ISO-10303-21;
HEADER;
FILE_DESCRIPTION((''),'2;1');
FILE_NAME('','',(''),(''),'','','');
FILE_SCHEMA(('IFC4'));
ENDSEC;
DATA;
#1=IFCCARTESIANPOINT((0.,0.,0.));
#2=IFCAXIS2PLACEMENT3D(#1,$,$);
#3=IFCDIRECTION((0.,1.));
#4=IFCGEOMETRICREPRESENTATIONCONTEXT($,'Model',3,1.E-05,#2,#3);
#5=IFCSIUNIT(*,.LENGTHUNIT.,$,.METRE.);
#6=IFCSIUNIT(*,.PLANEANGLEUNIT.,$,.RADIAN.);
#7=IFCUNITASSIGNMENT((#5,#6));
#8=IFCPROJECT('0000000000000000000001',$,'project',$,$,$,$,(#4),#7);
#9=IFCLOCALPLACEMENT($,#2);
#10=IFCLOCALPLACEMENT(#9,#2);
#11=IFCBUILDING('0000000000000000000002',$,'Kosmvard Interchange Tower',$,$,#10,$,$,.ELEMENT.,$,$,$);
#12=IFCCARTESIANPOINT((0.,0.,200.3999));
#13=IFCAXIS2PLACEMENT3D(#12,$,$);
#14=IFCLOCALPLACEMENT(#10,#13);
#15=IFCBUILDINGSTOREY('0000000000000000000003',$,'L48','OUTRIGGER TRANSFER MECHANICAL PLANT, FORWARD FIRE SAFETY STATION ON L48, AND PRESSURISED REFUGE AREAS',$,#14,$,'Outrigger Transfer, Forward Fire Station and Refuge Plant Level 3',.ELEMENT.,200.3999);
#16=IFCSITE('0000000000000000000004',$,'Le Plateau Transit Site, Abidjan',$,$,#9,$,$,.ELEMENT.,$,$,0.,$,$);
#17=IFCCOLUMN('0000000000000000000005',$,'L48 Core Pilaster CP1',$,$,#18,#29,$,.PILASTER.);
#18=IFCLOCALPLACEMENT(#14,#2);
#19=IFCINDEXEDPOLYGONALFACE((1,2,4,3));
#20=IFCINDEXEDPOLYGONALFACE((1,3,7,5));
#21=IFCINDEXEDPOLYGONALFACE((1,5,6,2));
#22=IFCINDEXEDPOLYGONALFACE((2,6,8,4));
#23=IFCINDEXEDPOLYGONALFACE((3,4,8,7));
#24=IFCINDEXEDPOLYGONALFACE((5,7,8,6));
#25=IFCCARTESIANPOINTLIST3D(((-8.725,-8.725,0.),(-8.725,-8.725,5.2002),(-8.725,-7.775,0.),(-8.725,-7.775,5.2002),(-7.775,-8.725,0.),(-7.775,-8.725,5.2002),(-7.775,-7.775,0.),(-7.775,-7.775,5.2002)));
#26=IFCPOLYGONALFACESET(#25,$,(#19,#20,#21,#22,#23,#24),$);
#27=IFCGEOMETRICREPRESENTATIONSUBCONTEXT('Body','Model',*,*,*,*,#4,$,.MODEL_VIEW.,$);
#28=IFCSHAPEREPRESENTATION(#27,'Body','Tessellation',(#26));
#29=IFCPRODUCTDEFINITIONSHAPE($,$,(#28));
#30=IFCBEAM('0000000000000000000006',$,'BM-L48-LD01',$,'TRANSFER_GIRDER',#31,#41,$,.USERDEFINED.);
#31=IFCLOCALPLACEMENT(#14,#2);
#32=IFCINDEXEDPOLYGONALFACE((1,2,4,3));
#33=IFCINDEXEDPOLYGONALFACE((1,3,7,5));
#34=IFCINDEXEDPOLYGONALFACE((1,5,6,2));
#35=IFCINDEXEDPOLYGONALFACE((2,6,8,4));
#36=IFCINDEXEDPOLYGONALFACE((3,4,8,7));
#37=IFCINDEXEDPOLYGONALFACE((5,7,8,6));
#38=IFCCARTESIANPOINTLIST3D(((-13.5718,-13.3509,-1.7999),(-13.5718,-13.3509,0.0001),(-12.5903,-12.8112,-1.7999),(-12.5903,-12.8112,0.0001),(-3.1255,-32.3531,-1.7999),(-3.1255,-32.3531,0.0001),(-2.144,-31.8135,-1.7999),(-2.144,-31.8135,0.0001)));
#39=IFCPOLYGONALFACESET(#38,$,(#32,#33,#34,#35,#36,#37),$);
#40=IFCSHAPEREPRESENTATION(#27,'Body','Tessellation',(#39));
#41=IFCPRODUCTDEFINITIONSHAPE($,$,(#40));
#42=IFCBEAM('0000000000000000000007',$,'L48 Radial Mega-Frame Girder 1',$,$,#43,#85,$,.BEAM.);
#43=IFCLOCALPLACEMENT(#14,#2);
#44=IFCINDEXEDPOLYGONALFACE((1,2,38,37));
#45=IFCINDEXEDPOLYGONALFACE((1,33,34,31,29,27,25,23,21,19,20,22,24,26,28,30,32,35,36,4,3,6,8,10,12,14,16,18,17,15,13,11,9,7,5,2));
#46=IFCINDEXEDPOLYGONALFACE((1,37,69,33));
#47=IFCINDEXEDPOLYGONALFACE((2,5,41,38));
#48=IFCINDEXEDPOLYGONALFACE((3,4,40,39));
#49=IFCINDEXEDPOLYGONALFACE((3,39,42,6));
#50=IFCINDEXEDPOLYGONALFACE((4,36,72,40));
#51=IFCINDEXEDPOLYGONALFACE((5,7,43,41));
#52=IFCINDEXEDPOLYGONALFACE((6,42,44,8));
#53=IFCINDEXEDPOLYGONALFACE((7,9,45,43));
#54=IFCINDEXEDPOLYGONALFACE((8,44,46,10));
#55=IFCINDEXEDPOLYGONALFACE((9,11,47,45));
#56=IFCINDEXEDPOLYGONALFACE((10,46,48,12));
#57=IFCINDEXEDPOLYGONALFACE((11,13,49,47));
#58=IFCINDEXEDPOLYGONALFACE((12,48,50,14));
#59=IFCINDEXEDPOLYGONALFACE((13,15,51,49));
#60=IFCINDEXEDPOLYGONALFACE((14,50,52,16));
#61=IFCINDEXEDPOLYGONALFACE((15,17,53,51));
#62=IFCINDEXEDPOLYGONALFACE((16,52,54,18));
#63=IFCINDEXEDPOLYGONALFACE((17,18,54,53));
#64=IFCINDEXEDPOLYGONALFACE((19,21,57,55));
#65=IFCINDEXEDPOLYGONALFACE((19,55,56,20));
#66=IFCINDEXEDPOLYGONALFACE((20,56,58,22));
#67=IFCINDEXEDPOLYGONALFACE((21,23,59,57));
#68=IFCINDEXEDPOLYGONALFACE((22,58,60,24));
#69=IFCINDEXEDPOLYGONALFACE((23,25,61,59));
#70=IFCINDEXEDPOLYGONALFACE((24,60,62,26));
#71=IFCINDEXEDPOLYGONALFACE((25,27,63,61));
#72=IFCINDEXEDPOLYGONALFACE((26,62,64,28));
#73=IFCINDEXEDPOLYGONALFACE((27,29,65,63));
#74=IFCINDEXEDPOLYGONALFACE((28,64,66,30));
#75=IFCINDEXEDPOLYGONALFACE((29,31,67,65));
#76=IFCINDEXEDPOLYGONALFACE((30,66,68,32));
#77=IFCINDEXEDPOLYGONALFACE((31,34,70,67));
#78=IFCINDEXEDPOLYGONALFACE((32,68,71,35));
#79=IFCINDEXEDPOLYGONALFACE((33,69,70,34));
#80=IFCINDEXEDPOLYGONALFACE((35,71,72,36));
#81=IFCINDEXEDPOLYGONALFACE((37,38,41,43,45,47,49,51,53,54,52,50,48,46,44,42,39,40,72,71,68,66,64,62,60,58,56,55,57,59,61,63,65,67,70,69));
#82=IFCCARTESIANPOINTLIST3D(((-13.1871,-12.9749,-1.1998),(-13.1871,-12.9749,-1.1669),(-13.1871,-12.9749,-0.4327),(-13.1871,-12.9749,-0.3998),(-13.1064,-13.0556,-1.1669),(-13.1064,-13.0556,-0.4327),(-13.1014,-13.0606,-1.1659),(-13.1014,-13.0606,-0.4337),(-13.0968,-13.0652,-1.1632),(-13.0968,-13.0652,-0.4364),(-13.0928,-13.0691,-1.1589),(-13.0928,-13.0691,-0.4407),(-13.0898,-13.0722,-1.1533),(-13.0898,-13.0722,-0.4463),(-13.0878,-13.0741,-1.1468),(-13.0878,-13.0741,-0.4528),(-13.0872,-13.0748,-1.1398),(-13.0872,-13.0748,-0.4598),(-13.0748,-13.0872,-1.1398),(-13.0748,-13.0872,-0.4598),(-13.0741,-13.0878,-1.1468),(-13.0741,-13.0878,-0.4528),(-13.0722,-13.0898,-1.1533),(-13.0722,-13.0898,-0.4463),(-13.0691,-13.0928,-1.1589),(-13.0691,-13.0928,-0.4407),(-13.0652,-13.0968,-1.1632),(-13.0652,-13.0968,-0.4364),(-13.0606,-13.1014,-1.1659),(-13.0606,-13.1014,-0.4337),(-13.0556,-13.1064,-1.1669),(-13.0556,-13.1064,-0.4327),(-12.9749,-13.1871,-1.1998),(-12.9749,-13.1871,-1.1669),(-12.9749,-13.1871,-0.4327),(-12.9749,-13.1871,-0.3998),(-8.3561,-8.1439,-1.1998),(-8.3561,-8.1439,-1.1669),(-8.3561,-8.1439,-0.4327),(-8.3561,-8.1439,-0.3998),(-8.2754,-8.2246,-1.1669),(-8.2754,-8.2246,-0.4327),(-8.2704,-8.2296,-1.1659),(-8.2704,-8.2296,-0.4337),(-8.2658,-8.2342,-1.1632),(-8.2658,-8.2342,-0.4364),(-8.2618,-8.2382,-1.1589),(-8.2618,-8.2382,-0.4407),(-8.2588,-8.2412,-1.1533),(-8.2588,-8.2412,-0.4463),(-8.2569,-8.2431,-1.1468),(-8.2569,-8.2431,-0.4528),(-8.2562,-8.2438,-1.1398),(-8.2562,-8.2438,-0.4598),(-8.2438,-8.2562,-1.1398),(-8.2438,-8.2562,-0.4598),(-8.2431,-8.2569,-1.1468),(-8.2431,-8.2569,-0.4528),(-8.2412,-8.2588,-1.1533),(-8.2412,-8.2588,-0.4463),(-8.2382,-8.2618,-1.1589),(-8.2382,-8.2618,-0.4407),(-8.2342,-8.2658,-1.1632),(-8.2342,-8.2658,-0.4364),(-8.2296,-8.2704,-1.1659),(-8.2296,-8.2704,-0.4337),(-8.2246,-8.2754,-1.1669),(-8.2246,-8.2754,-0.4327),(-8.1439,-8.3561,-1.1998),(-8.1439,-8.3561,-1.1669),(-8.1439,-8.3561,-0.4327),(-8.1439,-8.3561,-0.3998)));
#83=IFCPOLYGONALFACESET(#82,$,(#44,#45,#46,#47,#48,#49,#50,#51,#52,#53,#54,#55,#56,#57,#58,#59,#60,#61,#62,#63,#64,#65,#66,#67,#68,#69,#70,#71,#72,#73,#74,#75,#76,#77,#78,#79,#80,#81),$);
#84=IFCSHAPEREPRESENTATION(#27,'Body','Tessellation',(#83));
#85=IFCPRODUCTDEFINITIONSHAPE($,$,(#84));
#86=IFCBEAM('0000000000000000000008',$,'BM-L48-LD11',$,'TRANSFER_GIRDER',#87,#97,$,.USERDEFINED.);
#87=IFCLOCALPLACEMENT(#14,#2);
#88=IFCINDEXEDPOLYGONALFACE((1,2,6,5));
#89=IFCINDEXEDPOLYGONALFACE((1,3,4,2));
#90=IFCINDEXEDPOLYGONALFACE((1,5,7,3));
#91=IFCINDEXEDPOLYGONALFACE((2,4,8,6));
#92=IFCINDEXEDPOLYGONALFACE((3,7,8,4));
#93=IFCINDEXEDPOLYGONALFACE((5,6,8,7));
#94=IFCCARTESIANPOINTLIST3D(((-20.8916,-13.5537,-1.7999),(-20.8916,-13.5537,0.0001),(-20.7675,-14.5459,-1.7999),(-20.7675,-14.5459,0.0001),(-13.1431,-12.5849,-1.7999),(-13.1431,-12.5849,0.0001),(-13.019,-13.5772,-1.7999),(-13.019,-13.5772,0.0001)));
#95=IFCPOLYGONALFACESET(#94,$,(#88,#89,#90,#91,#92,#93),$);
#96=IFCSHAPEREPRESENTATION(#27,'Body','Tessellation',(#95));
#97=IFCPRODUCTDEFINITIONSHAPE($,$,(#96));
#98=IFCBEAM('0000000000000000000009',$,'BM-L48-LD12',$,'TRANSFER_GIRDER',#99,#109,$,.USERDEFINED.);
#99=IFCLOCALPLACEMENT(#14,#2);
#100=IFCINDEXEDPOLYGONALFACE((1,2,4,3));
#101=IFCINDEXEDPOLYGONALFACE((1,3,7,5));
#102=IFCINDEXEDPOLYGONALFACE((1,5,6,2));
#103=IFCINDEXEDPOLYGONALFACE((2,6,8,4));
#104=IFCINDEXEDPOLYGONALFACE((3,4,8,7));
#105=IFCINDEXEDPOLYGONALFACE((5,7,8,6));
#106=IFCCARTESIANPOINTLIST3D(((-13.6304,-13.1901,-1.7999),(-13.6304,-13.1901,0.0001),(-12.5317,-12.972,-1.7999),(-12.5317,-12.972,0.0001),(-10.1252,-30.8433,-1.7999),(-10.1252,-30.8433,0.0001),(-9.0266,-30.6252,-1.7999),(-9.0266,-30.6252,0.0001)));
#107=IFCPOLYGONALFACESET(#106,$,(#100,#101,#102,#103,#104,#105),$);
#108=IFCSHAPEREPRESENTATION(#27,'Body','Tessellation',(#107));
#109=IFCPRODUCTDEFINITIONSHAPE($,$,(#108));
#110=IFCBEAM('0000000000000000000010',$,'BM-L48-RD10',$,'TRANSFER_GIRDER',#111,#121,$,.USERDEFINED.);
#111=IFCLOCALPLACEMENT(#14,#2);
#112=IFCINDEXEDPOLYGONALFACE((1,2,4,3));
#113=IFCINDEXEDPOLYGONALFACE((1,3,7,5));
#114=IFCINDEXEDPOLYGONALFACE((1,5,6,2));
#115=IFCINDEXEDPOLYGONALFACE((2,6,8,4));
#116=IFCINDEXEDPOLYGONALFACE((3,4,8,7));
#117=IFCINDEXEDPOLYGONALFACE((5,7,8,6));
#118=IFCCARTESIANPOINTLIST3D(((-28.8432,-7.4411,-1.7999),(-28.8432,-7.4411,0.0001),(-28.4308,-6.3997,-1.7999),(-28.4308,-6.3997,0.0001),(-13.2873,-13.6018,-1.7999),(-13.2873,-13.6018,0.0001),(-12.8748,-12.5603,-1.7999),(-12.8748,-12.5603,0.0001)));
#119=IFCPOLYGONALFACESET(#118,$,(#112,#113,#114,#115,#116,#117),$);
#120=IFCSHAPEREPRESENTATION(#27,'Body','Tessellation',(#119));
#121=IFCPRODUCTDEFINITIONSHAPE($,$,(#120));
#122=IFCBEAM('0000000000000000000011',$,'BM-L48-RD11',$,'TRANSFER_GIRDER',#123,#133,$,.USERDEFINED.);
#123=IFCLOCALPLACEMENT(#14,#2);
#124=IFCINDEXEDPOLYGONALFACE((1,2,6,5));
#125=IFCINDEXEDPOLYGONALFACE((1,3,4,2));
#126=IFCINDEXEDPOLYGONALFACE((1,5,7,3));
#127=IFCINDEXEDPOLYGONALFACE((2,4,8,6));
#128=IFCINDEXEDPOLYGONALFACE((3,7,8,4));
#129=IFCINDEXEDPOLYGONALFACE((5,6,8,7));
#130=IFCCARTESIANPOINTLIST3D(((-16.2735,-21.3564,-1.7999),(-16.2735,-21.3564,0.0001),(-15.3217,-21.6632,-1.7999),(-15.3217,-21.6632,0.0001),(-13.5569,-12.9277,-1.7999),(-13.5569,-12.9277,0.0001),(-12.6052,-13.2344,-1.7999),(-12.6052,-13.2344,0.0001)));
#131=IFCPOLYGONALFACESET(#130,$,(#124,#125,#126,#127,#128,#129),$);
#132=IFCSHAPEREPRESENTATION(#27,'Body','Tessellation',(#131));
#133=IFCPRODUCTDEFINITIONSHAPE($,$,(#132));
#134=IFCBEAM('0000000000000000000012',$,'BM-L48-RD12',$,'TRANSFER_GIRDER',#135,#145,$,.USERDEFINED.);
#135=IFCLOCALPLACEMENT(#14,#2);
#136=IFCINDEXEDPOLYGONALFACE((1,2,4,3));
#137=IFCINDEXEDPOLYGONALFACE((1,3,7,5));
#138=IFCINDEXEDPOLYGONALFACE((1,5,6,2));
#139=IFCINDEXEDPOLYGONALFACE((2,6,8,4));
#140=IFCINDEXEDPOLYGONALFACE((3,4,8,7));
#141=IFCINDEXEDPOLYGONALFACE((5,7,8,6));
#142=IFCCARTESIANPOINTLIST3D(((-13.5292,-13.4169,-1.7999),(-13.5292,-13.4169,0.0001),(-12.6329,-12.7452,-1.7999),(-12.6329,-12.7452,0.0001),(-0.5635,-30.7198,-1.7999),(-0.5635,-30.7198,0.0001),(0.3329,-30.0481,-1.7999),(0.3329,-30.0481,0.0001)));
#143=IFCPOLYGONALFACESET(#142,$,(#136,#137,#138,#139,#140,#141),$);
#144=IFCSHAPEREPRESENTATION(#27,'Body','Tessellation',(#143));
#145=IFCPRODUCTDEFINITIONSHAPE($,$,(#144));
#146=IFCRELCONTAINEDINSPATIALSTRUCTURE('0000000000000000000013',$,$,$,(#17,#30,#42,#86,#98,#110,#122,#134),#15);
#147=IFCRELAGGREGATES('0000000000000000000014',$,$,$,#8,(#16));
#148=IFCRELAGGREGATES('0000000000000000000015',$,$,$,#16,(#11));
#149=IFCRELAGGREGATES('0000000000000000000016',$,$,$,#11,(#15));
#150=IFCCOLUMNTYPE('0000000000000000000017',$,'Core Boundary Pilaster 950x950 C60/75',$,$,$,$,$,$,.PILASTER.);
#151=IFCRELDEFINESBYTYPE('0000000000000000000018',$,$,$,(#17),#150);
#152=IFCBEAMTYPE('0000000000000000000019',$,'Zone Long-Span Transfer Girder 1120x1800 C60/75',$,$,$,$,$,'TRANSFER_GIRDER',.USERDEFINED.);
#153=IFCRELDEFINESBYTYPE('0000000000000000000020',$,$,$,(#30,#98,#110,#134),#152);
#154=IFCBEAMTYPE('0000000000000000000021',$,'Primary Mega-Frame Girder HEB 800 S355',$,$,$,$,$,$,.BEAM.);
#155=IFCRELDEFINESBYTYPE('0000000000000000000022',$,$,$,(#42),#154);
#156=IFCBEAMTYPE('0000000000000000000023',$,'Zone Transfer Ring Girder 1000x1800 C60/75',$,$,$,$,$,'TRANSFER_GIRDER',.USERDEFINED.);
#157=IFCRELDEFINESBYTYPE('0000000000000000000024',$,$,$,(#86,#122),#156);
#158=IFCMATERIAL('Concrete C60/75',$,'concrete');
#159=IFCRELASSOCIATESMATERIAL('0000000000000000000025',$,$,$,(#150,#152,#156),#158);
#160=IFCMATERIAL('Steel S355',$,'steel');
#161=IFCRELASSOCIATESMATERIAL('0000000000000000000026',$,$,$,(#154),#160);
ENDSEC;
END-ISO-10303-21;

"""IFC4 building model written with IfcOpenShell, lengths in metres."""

from ifc_helpers import new_model, si_unit, direction, frame, origin, origin_2d, place, context, subcontext, project, spatial, rectangle, i_section, extrude, source, transform, mapped, material, material_profile, profile_set, type_object, element, save


model = new_model("IFC4")

# Units and contexts
model_context = context("Model", 3, precision=1e-05, world=origin(), true_north=direction((0.0, 1.0)))
body_context = subcontext(model_context, "Body", "Model", "MODEL_VIEW")
ifc_project = project(units=[si_unit("LENGTHUNIT", "METRE"), si_unit("PLANEANGLEUNIT", "RADIAN")], contexts=[model_context])

# Site, building, storey
site_placement = place(None, origin())
site = spatial("IfcSite", under=ifc_project, at=site_placement, Name="Le Plateau Transit Site, Abidjan", CompositionType="ELEMENT", RefElevation=0.0)
building_placement = place(site_placement, origin())
building = spatial("IfcBuilding", under=site, at=building_placement, Name="Kosmvard Interchange Tower", CompositionType="ELEMENT")
storey_placement = place(building_placement, frame((0.0, 0.0, 200.3999)))
storey = spatial("IfcBuildingStorey", under=building, at=storey_placement, Name="L48", Description="OUTRIGGER TRANSFER MECHANICAL PLANT, FORWARD FIRE SAFETY STATION ON L48, AND PRESSURISED REFUGE AREAS", LongName="Outrigger Transfer, Forward Fire Station and Refuge Plant Level 3", CompositionType="ELEMENT", Elevation=200.3999)

# Column
ifc_material_1 = material(Name="Concrete C60/75", Category="concrete")
ifc_material_profile_1 = material_profile(ifc_material_1, rectangle(XDim=0.95, YDim=0.95, at=origin_2d()), Name="CP 950x950")
ifc_profile_set_1 = profile_set([ifc_material_profile_1], Name="Concrete C60/75")
column_type = type_object("IfcColumnType", Name="Core Boundary Pilaster 950x950 C60/75", PredefinedType="PILASTER", material=ifc_profile_set_1)
shared_shape_1 = source(origin(), body_context, "Body", "SweptSolid", [
    extrude(rectangle(XDim=0.95, YDim=0.95, at=origin_2d()), origin(), (0.0, 0.0, 1.0), 5.2002),
])
column_placement = place(storey_placement, frame((-8.25, -8.25, 0.0), z_axis=(0.0, 0.0, 1.0), x_axis=(1.0, 0.0, 0.0)))
element("IfcColumn", 1, at=column_placement, inside=storey, type_object=column_type, Name="L48 Core Pilaster CP1", PredefinedType="PILASTER", context=body_context, shape_type="MappedRepresentation", body=[
    mapped(shared_shape_1, transform((0.0, 0.0, 0.0), scale=1.0)),
])

# Beams
ifc_material_profile_2 = material_profile(ifc_material_1, rectangle(XDim=1.1201, YDim=1.8, at=origin_2d()), Name="TG 1120x1800")
ifc_profile_set_2 = profile_set([ifc_material_profile_2], Name="Concrete C60/75")
beam_type_1 = type_object("IfcBeamType", Name="Zone Long-Span Transfer Girder 1120x1800 C60/75", ElementType="TRANSFER_GIRDER", PredefinedType="USERDEFINED", material=ifc_profile_set_2)
shared_shape_2 = source(origin(), body_context, "Body", "SweptSolid", [
    extrude(rectangle(XDim=1.1201, YDim=1.8, at=origin_2d()), origin(), (0.0, 0.0, 1.0), 21.6843),
])
beam_1_placement = place(storey_placement, frame((-13.0811, -13.0811, -0.8999), z_axis=(0.481745, -0.876312, 0.0), x_axis=(0.876312, 0.481745, 0.0)))
element("IfcBeam", 2, at=beam_1_placement, inside=storey, type_object=beam_type_1, Name="BM-L48-LD01", ObjectType="TRANSFER_GIRDER", PredefinedType="USERDEFINED", context=body_context, shape_type="MappedRepresentation", body=[
    mapped(shared_shape_2, transform((0.0, 0.0, 0.0), scale=1.0)),
])
ifc_material_2 = material(Name="Steel S355", Category="steel")
ifc_material_profile_3 = material_profile(ifc_material_2, i_section(OverallWidth=0.3, OverallDepth=0.8, WebThickness=0.0176, FlangeThickness=0.033, FilletRadius=0.0271, at=origin_2d()), Name="HEB 800")
ifc_profile_set_3 = profile_set([ifc_material_profile_3], Name="Steel S355")
beam_type_2 = type_object("IfcBeamType", Name="Primary Mega-Frame Girder HEB 800 S355", PredefinedType="BEAM", material=ifc_profile_set_3)
shared_shape_3 = source(origin(), body_context, "Body", "SweptSolid", [
    extrude(i_section(OverallWidth=0.3, OverallDepth=0.8, WebThickness=0.0176, FlangeThickness=0.033, FilletRadius=0.0271, at=origin_2d()), origin(), (0.0, 0.0, 1.0), 6.832),
])
beam_2_placement = place(storey_placement, frame((-8.25, -8.25, -0.7998), z_axis=(-0.707107, -0.707107, 0.0), x_axis=(0.707107, -0.707107, 0.0)))
element("IfcBeam", 3, at=beam_2_placement, inside=storey, type_object=beam_type_2, Name="L48 Radial Mega-Frame Girder 1", PredefinedType="BEAM", context=body_context, shape_type="MappedRepresentation", body=[
    mapped(shared_shape_3, transform((0.0, 0.0, 0.0), scale=1.0)),
])
ifc_material_profile_4 = material_profile(ifc_material_1, rectangle(XDim=1.0, YDim=1.8, at=origin_2d()), Name="TG 1000x1800")
ifc_profile_set_4 = profile_set([ifc_material_profile_4], Name="Concrete C60/75")
beam_type_3 = type_object("IfcBeamType", Name="Zone Transfer Ring Girder 1000x1800 C60/75", ElementType="TRANSFER_GIRDER", PredefinedType="USERDEFINED", material=ifc_profile_set_4)
shared_shape_4 = source(origin(), body_context, "Body", "SweptSolid", [
    extrude(rectangle(XDim=1.0, YDim=1.8, at=origin_2d()), origin(), (0.0, 0.0, 1.0), 7.8088),
])
beam_3_placement = place(storey_placement, frame((-13.0811, -13.0811, -0.8999), z_axis=(-0.992275, -0.124058, 0.0), x_axis=(0.124058, -0.992275, 0.0)))
element("IfcBeam", 4, at=beam_3_placement, inside=storey, type_object=beam_type_3, Name="BM-L48-LD11", ObjectType="TRANSFER_GIRDER", PredefinedType="USERDEFINED", context=body_context, shape_type="MappedRepresentation", body=[
    mapped(shared_shape_4, transform((0.0, 0.0, 0.0), scale=1.0)),
])
shared_shape_5 = source(origin(), body_context, "Body", "SweptSolid", [
    extrude(rectangle(XDim=1.1201, YDim=1.8, at=origin_2d()), origin(), (0.0, 0.0, 1.0), 17.9978),
])
beam_4_placement = place(storey_placement, frame((-13.0811, -13.0811, -0.8999), z_axis=(0.194754, -0.980852, 0.0), x_axis=(0.980852, 0.194754, 0.0)))
element("IfcBeam", 5, at=beam_4_placement, inside=storey, type_object=beam_type_1, Name="BM-L48-LD12", ObjectType="TRANSFER_GIRDER", PredefinedType="USERDEFINED", context=body_context, shape_type="MappedRepresentation", body=[
    mapped(shared_shape_5, transform((0.0, 0.0, 0.0), scale=1.0)),
])
shared_shape_6 = source(origin(), body_context, "Body", "SweptSolid", [
    extrude(rectangle(XDim=1.1201, YDim=1.8, at=origin_2d()), origin(), (0.0, 0.0, 1.0), 16.7314),
])
beam_5_placement = place(storey_placement, frame((-13.0811, -13.0811, -0.8999), z_axis=(-0.929743, 0.368209, 0.0), x_axis=(-0.368209, -0.929743, 0.0)))
element("IfcBeam", 6, at=beam_5_placement, inside=storey, type_object=beam_type_1, Name="BM-L48-RD10", ObjectType="TRANSFER_GIRDER", PredefinedType="USERDEFINED", context=body_context, shape_type="MappedRepresentation", body=[
    mapped(shared_shape_6, transform((0.0, 0.0, 0.0), scale=1.0)),
])
shared_shape_7 = source(origin(), body_context, "Body", "SweptSolid", [
    extrude(rectangle(XDim=1.0, YDim=1.8, at=origin_2d()), origin(), (0.0, 0.0, 1.0), 8.8557),
])
beam_6_placement = place(storey_placement, frame((-13.0811, -13.0811, -0.8999), z_axis=(-0.306759, -0.951787, 0.0), x_axis=(0.951787, -0.306759, 0.0)))
element("IfcBeam", 7, at=beam_6_placement, inside=storey, type_object=beam_type_3, Name="BM-L48-RD11", ObjectType="TRANSFER_GIRDER", PredefinedType="USERDEFINED", context=body_context, shape_type="MappedRepresentation", body=[
    mapped(shared_shape_7, transform((0.0, 0.0, 0.0), scale=1.0)),
])
shared_shape_8 = source(origin(), body_context, "Body", "SweptSolid", [
    extrude(rectangle(XDim=1.1201, YDim=1.8, at=origin_2d()), origin(), (0.0, 0.0, 1.0), 21.6218),
])
beam_7_placement = place(storey_placement, frame((-13.0811, -13.0811, -0.8999), z_axis=(0.599662, -0.800253, 0.0), x_axis=(0.800253, 0.599662, 0.0)))
element("IfcBeam", 8, at=beam_7_placement, inside=storey, type_object=beam_type_1, Name="BM-L48-RD12", ObjectType="TRANSFER_GIRDER", PredefinedType="USERDEFINED", context=body_context, shape_type="MappedRepresentation", body=[
    mapped(shared_shape_8, transform((0.0, 0.0, 0.0), scale=1.0)),
])

save(model, "model.ifc")
